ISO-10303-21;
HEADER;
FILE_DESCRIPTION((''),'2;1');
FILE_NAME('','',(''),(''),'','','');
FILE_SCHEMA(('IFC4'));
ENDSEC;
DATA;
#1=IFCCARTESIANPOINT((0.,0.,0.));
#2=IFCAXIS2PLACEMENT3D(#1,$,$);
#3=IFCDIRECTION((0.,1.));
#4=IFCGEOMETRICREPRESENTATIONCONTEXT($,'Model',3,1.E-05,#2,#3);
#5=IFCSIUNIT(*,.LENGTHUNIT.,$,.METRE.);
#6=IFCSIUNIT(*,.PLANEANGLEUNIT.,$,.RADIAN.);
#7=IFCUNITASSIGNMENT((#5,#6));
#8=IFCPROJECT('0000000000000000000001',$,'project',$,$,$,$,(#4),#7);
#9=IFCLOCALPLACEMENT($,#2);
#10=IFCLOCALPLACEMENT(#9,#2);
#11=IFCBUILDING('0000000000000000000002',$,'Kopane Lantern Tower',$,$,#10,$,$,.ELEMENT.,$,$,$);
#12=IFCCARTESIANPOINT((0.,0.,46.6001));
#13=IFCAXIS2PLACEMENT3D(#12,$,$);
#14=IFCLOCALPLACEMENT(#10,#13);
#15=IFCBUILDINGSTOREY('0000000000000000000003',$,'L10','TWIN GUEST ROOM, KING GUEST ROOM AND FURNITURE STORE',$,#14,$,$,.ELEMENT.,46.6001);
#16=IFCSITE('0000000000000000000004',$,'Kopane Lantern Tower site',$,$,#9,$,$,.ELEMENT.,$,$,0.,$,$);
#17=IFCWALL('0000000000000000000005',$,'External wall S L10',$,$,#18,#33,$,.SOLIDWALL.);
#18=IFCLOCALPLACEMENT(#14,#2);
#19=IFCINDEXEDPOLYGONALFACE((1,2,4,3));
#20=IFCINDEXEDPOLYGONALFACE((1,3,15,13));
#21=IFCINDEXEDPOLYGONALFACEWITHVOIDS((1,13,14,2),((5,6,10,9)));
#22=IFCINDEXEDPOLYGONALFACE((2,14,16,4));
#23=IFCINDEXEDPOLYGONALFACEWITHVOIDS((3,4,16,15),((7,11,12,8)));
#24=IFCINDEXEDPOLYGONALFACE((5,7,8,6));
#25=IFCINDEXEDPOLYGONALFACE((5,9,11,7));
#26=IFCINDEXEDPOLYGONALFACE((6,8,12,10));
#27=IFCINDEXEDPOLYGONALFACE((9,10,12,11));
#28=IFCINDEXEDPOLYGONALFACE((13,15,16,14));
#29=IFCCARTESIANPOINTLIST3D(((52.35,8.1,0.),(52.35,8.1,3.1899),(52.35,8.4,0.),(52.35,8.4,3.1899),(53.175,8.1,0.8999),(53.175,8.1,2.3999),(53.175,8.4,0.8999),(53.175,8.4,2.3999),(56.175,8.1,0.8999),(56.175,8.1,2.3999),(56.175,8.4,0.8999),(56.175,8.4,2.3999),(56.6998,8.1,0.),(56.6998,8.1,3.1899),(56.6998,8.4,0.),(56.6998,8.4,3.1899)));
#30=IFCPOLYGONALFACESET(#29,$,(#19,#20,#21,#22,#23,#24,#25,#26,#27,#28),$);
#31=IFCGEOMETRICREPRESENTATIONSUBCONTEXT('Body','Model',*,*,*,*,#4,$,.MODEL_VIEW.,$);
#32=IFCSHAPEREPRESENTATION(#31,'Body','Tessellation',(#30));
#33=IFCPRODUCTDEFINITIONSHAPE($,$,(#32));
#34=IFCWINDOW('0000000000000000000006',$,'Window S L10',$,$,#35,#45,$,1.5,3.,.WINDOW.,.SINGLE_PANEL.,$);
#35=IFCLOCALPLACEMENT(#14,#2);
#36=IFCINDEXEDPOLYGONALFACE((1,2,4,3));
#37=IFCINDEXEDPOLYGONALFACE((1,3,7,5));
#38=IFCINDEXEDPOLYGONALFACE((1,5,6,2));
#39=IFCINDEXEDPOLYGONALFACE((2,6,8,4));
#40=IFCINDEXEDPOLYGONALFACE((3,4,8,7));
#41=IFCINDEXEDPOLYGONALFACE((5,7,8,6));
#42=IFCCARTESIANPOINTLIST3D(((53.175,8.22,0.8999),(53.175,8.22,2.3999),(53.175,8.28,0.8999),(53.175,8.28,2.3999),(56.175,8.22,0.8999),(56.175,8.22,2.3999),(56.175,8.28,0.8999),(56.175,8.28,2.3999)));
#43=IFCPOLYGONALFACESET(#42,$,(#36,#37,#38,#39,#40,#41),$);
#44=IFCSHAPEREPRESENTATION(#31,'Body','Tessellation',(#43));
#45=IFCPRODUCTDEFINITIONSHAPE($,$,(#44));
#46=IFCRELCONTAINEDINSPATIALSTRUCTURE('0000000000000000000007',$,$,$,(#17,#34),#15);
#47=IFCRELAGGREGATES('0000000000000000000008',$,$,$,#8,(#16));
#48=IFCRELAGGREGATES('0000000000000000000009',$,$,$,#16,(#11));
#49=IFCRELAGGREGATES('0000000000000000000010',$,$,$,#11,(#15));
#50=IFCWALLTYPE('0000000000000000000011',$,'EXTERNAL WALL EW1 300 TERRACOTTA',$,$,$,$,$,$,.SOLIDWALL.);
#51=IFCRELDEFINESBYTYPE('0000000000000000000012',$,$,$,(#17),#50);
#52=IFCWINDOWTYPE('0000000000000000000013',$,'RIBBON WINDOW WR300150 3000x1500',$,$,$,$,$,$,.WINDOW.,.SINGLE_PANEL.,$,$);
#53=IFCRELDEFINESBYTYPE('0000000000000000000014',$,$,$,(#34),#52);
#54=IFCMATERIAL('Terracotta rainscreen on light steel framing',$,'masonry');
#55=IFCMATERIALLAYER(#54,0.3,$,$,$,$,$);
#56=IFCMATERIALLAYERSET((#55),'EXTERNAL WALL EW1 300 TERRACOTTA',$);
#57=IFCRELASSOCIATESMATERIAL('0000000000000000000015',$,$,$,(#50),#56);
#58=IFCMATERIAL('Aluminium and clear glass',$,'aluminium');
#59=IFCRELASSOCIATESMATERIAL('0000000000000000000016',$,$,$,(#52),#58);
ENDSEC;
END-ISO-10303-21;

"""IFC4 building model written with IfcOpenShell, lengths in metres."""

from ifc_helpers import new_model, si_unit, direction, frame, frame_2d, origin, place, context, subcontext, project, spatial, rectangle, extrude, material, layer, layer_set, type_object, element, fill, save


model = new_model("IFC4")

# Units and contexts
model_context = context("Model", 3, precision=1e-05, world=origin(), true_north=direction((0.0, 1.0)))
body_context = subcontext(model_context, "Body", "Model", "MODEL_VIEW")
ifc_project = project(units=[si_unit("LENGTHUNIT", "METRE"), si_unit("PLANEANGLEUNIT", "RADIAN")], contexts=[model_context])

# Site, building, storey
site_placement = place(None, origin())
site = spatial("IfcSite", under=ifc_project, at=site_placement, Name="Kopane Lantern Tower site", CompositionType="ELEMENT", RefElevation=0.0)
building_placement = place(site_placement, origin())
building = spatial("IfcBuilding", under=site, at=building_placement, Name="Kopane Lantern Tower", CompositionType="ELEMENT")
storey_placement = place(building_placement, frame((0.0, 0.0, 46.6001)))
storey = spatial("IfcBuildingStorey", under=building, at=storey_placement, Name="L10", Description="TWIN GUEST ROOM, KING GUEST ROOM AND FURNITURE STORE", CompositionType="ELEMENT", Elevation=46.6001)

# Wall, opening, window
ifc_material_1 = material(Name="Terracotta rainscreen on light steel framing", Category="masonry")
ifc_layer_1 = layer(ifc_material_1, 0.3)
ifc_layer_set_1 = layer_set([ifc_layer_1], Name="EXTERNAL WALL EW1 300 TERRACOTTA")
wall_type_1 = type_object("IfcWallType", Name="EXTERNAL WALL EW1 300 TERRACOTTA", PredefinedType="SOLIDWALL", material=ifc_layer_set_1)
wall_1_placement = place(storey_placement, frame((52.3501, 8.25, 0.0), z_axis=(0.0, 0.0, 1.0), x_axis=(1.0, 0.0, 0.0)))
wall_1 = element("IfcWall", 1, at=wall_1_placement, inside=storey, type_object=wall_type_1, Name="External wall S L10", PredefinedType="SOLIDWALL", context=body_context, shape_type="SweptSolid", body=[
    extrude(rectangle(XDim=4.3499, YDim=0.3, at=frame_2d((2.1748, 0.0))), origin(), (0.0, 0.0, 1.0), 3.1899),
])
opening_1_placement = place(wall_1_placement, frame((0.825, 0.0, 0.8999)))
opening_1 = element("IfcOpeningElement", 2, at=opening_1_placement, cuts=wall_1, PredefinedType="OPENING", context=body_context, shape_type="SweptSolid", body=[
    extrude(rectangle(XDim=3.0, YDim=1.5, at=frame_2d((1.5, 0.75))), frame((0.0, 0.1599, 0.0), z_axis=(0.0, -1.0, 0.0), x_axis=(1.0, 0.0, 0.0)), (0.0, 0.0, 1.0), 0.3201),
])
ifc_material_2 = material(Name="Aluminium and clear glass", Category="aluminium")
window_type_1 = type_object("IfcWindowType", Name="RIBBON WINDOW WR300150 3000x1500", PartitioningType="SINGLE_PANEL", PredefinedType="WINDOW", material=ifc_material_2)
window_1_placement = place(opening_1_placement, origin())
window_1 = element("IfcWindow", 3, at=window_1_placement, inside=storey, type_object=window_type_1, Name="Window S L10", OverallHeight=1.5, OverallWidth=3.0, PartitioningType="SINGLE_PANEL", PredefinedType="WINDOW", context=body_context, shape_type="SweptSolid", body=[
    extrude(rectangle(XDim=3.0, YDim=1.5, at=frame_2d((1.5, 0.75))), frame((0.0, 0.03, 0.0), z_axis=(0.0, -1.0, 0.0), x_axis=(1.0, 0.0, 0.0)), (0.0, 0.0, 1.0), 0.0601),
])
fill(opening_1, window_1)

save(model, "model.ifc")
